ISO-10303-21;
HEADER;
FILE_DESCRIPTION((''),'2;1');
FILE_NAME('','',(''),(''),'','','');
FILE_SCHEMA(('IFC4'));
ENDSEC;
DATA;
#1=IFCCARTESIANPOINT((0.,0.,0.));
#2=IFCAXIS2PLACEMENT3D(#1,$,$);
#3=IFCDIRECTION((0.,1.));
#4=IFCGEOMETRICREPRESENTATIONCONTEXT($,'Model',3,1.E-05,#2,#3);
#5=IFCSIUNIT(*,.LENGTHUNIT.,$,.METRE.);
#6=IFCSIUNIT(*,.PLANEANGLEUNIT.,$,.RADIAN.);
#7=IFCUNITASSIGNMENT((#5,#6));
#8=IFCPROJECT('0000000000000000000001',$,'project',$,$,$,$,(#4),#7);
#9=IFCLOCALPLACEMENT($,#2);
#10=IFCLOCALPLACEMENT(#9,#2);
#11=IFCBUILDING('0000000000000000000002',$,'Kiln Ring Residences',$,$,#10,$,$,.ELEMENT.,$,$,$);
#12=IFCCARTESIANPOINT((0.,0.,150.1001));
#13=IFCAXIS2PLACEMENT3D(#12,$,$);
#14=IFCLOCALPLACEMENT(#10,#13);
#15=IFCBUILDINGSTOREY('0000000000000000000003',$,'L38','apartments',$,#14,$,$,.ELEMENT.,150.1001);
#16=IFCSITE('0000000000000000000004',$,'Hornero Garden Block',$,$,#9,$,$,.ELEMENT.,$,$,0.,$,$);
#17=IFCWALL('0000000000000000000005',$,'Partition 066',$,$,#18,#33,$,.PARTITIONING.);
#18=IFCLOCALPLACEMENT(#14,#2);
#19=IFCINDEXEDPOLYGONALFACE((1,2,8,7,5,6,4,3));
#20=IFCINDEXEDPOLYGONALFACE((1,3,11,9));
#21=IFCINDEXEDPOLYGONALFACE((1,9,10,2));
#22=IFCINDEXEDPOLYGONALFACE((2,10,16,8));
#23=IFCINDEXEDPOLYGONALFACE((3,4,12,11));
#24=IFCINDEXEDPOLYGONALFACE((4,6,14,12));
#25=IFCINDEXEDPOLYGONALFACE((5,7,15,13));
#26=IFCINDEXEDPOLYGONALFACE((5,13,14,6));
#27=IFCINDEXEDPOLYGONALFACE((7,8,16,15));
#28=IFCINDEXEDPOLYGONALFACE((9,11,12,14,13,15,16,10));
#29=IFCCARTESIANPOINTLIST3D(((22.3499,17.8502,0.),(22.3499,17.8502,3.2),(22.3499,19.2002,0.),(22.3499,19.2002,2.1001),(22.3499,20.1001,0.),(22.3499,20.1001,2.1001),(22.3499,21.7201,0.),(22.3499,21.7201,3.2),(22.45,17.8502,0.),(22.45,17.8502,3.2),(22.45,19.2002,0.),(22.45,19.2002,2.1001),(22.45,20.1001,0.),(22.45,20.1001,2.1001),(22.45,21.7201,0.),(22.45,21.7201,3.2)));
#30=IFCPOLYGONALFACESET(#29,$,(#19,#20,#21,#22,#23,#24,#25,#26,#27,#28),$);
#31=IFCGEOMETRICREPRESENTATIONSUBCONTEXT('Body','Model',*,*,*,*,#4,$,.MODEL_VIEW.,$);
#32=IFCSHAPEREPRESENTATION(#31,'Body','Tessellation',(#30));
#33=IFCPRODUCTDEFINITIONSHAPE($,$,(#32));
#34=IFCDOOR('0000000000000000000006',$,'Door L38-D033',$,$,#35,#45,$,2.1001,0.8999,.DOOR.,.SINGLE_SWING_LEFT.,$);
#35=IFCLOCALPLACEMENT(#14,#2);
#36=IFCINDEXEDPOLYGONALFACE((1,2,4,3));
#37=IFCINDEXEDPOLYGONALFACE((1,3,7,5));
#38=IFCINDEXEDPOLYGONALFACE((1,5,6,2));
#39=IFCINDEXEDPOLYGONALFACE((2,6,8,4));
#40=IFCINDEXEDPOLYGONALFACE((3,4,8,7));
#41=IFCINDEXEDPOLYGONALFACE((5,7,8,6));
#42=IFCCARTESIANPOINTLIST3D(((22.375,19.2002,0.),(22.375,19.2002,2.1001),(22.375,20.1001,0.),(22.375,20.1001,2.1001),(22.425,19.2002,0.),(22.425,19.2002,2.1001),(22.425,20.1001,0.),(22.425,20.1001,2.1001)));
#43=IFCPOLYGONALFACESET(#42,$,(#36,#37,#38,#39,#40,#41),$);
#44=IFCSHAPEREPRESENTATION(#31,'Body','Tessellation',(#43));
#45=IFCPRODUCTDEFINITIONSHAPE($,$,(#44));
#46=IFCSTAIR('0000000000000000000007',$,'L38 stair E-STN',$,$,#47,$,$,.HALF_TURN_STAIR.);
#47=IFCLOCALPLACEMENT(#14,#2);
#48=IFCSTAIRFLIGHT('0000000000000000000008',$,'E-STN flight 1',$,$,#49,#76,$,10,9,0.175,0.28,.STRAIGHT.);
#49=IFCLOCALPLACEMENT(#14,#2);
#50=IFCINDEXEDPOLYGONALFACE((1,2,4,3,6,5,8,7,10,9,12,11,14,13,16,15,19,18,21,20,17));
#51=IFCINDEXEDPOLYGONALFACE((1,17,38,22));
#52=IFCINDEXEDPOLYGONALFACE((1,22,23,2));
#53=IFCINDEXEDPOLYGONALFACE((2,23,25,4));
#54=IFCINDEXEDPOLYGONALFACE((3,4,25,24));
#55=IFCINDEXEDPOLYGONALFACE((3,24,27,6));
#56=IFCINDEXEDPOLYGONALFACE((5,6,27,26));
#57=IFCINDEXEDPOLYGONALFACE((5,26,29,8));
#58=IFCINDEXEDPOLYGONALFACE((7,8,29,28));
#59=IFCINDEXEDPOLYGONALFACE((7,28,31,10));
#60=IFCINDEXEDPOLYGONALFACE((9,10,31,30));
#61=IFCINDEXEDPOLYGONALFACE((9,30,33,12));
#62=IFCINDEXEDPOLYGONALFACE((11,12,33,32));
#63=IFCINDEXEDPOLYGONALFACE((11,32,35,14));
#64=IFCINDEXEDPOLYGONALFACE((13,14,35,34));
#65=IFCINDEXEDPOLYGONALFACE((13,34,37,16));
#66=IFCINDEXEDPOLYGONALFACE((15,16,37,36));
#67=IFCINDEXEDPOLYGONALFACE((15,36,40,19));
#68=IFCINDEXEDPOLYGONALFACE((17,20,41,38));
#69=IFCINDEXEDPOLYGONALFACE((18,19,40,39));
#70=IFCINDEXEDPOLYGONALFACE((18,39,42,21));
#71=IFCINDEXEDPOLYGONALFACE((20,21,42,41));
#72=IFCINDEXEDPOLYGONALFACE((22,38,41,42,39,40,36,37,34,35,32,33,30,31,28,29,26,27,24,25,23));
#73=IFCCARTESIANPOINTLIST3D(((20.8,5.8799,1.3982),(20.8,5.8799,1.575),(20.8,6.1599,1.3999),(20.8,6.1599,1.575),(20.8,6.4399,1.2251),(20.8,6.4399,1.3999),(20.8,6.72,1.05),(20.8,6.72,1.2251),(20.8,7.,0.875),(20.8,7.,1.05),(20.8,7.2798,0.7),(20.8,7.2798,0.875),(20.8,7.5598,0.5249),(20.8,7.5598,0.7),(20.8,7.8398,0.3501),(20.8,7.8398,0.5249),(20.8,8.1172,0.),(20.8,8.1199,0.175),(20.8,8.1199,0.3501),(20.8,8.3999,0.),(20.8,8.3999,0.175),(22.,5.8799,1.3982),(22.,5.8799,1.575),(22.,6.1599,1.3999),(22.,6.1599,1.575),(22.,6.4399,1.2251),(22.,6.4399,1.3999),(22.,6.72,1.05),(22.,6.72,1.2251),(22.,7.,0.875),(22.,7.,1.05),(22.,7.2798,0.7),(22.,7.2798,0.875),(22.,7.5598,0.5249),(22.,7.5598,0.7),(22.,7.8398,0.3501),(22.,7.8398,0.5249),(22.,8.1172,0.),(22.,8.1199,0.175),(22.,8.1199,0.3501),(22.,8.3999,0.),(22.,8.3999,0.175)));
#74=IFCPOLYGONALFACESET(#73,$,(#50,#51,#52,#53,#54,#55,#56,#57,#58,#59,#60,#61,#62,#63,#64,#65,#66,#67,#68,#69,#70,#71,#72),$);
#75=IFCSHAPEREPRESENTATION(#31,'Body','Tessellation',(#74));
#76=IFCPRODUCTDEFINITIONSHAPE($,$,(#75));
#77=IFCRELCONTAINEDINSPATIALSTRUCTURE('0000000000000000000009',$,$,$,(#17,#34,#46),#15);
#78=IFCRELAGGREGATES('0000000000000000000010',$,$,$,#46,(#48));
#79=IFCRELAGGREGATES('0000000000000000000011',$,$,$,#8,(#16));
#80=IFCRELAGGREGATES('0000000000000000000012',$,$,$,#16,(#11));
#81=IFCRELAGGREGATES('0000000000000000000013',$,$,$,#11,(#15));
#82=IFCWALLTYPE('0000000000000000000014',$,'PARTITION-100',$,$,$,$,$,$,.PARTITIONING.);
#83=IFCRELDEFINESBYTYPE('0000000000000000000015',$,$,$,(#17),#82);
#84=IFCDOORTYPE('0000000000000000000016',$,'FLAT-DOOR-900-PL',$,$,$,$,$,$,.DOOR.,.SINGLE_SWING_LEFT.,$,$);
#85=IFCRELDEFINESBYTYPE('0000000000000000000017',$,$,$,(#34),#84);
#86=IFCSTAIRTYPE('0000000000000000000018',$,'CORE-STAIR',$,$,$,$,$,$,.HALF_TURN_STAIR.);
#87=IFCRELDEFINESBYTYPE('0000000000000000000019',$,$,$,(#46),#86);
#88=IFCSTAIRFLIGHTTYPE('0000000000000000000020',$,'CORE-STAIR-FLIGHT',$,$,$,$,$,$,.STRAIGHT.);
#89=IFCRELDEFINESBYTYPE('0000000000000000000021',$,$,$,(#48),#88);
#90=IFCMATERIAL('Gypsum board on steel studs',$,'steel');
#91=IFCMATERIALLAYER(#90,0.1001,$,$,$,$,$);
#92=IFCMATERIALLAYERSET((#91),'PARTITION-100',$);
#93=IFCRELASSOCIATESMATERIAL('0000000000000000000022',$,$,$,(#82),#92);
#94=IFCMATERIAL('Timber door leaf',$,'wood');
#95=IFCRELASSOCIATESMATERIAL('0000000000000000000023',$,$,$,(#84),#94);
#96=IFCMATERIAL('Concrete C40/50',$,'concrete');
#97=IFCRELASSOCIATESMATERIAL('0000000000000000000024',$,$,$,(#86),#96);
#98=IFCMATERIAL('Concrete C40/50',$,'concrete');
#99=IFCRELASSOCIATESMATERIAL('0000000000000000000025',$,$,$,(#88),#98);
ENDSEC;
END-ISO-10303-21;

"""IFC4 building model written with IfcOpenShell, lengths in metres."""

from ifc_helpers import new_model, si_unit, direction, frame, frame_2d, origin, place, context, subcontext, project, spatial, polyline, rectangle, outline, extrude, material, layer, layer_set, type_object, element, fill, aggregate, save


model = new_model("IFC4")

# Units and contexts
model_context = context("Model", 3, precision=1e-05, world=origin(), true_north=direction((0.0, 1.0)))
body_context = subcontext(model_context, "Body", "Model", "MODEL_VIEW")
ifc_project = project(units=[si_unit("LENGTHUNIT", "METRE"), si_unit("PLANEANGLEUNIT", "RADIAN")], contexts=[model_context])

# Site, building, storey
site_placement = place(None, origin())
site = spatial("IfcSite", under=ifc_project, at=site_placement, Name="Hornero Garden Block", CompositionType="ELEMENT", RefElevation=0.0)
building_placement = place(site_placement, origin())
building = spatial("IfcBuilding", under=site, at=building_placement, Name="Kiln Ring Residences", CompositionType="ELEMENT")
storey_placement = place(building_placement, frame((0.0, 0.0, 150.1001)))
storey = spatial("IfcBuildingStorey", under=building, at=storey_placement, Name="L38", Description="apartments", CompositionType="ELEMENT", Elevation=150.1001)

# Shared definitions
ifc_material_1 = material(Name="Gypsum board on steel studs", Category="steel")
ifc_layer_1 = layer(ifc_material_1, 0.1001)
ifc_layer_set_1 = layer_set([ifc_layer_1], Name="PARTITION-100")
wall_type_1 = type_object("IfcWallType", Name="PARTITION-100", PredefinedType="PARTITIONING", material=ifc_layer_set_1)

# Wall, opening, door
wall_1_placement = place(storey_placement, frame((22.3999, 17.8501, 0.0), z_axis=(0.0, 0.0, 1.0), x_axis=(0.0, 1.0, 0.0)))
wall_1 = element("IfcWall", 1, at=wall_1_placement, inside=storey, type_object=wall_type_1, Name="Partition 066", PredefinedType="PARTITIONING", context=body_context, shape_type="SweptSolid", body=[
    extrude(rectangle(XDim=3.8699, YDim=0.1001, at=frame_2d((1.9351, 0.0))), origin(), (0.0, 0.0, 1.0), 3.2),
])
opening_1_placement = place(wall_1_placement, frame((1.3501, 0.0, 0.0)))
opening_1 = element("IfcOpeningElement", 2, at=opening_1_placement, cuts=wall_1, PredefinedType="OPENING", context=body_context, shape_type="SweptSolid", body=[
    extrude(rectangle(XDim=0.8999, YDim=2.1001, at=frame_2d((0.45, 1.05))), frame((0.0, 0.0601, 0.0), z_axis=(0.0, -1.0, 0.0), x_axis=(1.0, 0.0, 0.0)), (0.0, 0.0, 1.0), 0.1201),
])
ifc_material_2 = material(Name="Timber door leaf", Category="wood")
door_type_1 = type_object("IfcDoorType", Name="FLAT-DOOR-900-PL", OperationType="SINGLE_SWING_LEFT", PredefinedType="DOOR", material=ifc_material_2)
door_1_placement = place(opening_1_placement, origin())
door_1 = element("IfcDoor", 3, at=door_1_placement, inside=storey, type_object=door_type_1, Name="Door L38-D033", OperationType="SINGLE_SWING_LEFT", OverallHeight=2.1001, OverallWidth=0.8999, PredefinedType="DOOR", context=body_context, shape_type="SweptSolid", body=[
    extrude(rectangle(XDim=0.8999, YDim=2.1001, at=frame_2d((0.45, 1.05))), frame((0.0, 0.0249, 0.0), z_axis=(0.0, -1.0, 0.0), x_axis=(1.0, 0.0, 0.0)), (0.0, 0.0, 1.0), 0.05),
])
fill(opening_1, door_1)

# Stair, stair flight
ifc_material_3 = material(Name="Concrete C40/50", Category="concrete")
stair_type = type_object("IfcStairType", Name="CORE-STAIR", PredefinedType="HALF_TURN_STAIR", material=ifc_material_3)
stair_placement = place(storey_placement, origin())
stair = element("IfcStair", 4, at=stair_placement, inside=storey, type_object=stair_type, Name="L38 stair E-STN", PredefinedType="HALF_TURN_STAIR")
ifc_material_4 = material(Name="Concrete C40/50", Category="concrete")
stair_flight_type = type_object("IfcStairFlightType", Name="CORE-STAIR-FLIGHT", PredefinedType="STRAIGHT", material=ifc_material_4)
stair_flight_placement = place(storey_placement, frame((21.3999, 8.3999, 0.0), z_axis=(0.0, 0.0, 1.0), x_axis=(0.0, -1.0, 0.0)))
stair_flight = element("IfcStairFlight", 5, at=stair_flight_placement, type_object=stair_flight_type, Name="E-STN flight 1", NumberOfRisers=10, NumberOfTreads=9, PredefinedType="STRAIGHT", RiserHeight=0.175, TreadLength=0.28, context=body_context, shape_type="SweptSolid", body=[
    extrude(outline(polyline([(0.0, 0.0), (0.0, 0.175), (0.28, 0.175), (0.28, 0.3501), (0.5601, 0.3501), (0.5601, 0.5249), (0.8401, 0.5249), (0.8401, 0.7), (1.1201, 0.7), (1.1201, 0.875), (1.3999, 0.875), (1.3999, 1.05), (1.6799, 1.05), (1.6799, 1.2251), (1.96, 1.2251), (1.96, 1.3999), (2.24, 1.3999), (2.24, 1.575), (2.52, 1.575), (2.52, 1.75), (2.52, 1.3982), (0.2827, 0.0), (0.0, 0.0)])), frame((0.0, 0.6001, 0.0), z_axis=(0.0, -1.0, 0.0), x_axis=(1.0, 0.0, 0.0)), (0.0, 0.0, 1.0), 1.2),
])
aggregate(stair, [stair_flight])

save(model, "model.ifc")
